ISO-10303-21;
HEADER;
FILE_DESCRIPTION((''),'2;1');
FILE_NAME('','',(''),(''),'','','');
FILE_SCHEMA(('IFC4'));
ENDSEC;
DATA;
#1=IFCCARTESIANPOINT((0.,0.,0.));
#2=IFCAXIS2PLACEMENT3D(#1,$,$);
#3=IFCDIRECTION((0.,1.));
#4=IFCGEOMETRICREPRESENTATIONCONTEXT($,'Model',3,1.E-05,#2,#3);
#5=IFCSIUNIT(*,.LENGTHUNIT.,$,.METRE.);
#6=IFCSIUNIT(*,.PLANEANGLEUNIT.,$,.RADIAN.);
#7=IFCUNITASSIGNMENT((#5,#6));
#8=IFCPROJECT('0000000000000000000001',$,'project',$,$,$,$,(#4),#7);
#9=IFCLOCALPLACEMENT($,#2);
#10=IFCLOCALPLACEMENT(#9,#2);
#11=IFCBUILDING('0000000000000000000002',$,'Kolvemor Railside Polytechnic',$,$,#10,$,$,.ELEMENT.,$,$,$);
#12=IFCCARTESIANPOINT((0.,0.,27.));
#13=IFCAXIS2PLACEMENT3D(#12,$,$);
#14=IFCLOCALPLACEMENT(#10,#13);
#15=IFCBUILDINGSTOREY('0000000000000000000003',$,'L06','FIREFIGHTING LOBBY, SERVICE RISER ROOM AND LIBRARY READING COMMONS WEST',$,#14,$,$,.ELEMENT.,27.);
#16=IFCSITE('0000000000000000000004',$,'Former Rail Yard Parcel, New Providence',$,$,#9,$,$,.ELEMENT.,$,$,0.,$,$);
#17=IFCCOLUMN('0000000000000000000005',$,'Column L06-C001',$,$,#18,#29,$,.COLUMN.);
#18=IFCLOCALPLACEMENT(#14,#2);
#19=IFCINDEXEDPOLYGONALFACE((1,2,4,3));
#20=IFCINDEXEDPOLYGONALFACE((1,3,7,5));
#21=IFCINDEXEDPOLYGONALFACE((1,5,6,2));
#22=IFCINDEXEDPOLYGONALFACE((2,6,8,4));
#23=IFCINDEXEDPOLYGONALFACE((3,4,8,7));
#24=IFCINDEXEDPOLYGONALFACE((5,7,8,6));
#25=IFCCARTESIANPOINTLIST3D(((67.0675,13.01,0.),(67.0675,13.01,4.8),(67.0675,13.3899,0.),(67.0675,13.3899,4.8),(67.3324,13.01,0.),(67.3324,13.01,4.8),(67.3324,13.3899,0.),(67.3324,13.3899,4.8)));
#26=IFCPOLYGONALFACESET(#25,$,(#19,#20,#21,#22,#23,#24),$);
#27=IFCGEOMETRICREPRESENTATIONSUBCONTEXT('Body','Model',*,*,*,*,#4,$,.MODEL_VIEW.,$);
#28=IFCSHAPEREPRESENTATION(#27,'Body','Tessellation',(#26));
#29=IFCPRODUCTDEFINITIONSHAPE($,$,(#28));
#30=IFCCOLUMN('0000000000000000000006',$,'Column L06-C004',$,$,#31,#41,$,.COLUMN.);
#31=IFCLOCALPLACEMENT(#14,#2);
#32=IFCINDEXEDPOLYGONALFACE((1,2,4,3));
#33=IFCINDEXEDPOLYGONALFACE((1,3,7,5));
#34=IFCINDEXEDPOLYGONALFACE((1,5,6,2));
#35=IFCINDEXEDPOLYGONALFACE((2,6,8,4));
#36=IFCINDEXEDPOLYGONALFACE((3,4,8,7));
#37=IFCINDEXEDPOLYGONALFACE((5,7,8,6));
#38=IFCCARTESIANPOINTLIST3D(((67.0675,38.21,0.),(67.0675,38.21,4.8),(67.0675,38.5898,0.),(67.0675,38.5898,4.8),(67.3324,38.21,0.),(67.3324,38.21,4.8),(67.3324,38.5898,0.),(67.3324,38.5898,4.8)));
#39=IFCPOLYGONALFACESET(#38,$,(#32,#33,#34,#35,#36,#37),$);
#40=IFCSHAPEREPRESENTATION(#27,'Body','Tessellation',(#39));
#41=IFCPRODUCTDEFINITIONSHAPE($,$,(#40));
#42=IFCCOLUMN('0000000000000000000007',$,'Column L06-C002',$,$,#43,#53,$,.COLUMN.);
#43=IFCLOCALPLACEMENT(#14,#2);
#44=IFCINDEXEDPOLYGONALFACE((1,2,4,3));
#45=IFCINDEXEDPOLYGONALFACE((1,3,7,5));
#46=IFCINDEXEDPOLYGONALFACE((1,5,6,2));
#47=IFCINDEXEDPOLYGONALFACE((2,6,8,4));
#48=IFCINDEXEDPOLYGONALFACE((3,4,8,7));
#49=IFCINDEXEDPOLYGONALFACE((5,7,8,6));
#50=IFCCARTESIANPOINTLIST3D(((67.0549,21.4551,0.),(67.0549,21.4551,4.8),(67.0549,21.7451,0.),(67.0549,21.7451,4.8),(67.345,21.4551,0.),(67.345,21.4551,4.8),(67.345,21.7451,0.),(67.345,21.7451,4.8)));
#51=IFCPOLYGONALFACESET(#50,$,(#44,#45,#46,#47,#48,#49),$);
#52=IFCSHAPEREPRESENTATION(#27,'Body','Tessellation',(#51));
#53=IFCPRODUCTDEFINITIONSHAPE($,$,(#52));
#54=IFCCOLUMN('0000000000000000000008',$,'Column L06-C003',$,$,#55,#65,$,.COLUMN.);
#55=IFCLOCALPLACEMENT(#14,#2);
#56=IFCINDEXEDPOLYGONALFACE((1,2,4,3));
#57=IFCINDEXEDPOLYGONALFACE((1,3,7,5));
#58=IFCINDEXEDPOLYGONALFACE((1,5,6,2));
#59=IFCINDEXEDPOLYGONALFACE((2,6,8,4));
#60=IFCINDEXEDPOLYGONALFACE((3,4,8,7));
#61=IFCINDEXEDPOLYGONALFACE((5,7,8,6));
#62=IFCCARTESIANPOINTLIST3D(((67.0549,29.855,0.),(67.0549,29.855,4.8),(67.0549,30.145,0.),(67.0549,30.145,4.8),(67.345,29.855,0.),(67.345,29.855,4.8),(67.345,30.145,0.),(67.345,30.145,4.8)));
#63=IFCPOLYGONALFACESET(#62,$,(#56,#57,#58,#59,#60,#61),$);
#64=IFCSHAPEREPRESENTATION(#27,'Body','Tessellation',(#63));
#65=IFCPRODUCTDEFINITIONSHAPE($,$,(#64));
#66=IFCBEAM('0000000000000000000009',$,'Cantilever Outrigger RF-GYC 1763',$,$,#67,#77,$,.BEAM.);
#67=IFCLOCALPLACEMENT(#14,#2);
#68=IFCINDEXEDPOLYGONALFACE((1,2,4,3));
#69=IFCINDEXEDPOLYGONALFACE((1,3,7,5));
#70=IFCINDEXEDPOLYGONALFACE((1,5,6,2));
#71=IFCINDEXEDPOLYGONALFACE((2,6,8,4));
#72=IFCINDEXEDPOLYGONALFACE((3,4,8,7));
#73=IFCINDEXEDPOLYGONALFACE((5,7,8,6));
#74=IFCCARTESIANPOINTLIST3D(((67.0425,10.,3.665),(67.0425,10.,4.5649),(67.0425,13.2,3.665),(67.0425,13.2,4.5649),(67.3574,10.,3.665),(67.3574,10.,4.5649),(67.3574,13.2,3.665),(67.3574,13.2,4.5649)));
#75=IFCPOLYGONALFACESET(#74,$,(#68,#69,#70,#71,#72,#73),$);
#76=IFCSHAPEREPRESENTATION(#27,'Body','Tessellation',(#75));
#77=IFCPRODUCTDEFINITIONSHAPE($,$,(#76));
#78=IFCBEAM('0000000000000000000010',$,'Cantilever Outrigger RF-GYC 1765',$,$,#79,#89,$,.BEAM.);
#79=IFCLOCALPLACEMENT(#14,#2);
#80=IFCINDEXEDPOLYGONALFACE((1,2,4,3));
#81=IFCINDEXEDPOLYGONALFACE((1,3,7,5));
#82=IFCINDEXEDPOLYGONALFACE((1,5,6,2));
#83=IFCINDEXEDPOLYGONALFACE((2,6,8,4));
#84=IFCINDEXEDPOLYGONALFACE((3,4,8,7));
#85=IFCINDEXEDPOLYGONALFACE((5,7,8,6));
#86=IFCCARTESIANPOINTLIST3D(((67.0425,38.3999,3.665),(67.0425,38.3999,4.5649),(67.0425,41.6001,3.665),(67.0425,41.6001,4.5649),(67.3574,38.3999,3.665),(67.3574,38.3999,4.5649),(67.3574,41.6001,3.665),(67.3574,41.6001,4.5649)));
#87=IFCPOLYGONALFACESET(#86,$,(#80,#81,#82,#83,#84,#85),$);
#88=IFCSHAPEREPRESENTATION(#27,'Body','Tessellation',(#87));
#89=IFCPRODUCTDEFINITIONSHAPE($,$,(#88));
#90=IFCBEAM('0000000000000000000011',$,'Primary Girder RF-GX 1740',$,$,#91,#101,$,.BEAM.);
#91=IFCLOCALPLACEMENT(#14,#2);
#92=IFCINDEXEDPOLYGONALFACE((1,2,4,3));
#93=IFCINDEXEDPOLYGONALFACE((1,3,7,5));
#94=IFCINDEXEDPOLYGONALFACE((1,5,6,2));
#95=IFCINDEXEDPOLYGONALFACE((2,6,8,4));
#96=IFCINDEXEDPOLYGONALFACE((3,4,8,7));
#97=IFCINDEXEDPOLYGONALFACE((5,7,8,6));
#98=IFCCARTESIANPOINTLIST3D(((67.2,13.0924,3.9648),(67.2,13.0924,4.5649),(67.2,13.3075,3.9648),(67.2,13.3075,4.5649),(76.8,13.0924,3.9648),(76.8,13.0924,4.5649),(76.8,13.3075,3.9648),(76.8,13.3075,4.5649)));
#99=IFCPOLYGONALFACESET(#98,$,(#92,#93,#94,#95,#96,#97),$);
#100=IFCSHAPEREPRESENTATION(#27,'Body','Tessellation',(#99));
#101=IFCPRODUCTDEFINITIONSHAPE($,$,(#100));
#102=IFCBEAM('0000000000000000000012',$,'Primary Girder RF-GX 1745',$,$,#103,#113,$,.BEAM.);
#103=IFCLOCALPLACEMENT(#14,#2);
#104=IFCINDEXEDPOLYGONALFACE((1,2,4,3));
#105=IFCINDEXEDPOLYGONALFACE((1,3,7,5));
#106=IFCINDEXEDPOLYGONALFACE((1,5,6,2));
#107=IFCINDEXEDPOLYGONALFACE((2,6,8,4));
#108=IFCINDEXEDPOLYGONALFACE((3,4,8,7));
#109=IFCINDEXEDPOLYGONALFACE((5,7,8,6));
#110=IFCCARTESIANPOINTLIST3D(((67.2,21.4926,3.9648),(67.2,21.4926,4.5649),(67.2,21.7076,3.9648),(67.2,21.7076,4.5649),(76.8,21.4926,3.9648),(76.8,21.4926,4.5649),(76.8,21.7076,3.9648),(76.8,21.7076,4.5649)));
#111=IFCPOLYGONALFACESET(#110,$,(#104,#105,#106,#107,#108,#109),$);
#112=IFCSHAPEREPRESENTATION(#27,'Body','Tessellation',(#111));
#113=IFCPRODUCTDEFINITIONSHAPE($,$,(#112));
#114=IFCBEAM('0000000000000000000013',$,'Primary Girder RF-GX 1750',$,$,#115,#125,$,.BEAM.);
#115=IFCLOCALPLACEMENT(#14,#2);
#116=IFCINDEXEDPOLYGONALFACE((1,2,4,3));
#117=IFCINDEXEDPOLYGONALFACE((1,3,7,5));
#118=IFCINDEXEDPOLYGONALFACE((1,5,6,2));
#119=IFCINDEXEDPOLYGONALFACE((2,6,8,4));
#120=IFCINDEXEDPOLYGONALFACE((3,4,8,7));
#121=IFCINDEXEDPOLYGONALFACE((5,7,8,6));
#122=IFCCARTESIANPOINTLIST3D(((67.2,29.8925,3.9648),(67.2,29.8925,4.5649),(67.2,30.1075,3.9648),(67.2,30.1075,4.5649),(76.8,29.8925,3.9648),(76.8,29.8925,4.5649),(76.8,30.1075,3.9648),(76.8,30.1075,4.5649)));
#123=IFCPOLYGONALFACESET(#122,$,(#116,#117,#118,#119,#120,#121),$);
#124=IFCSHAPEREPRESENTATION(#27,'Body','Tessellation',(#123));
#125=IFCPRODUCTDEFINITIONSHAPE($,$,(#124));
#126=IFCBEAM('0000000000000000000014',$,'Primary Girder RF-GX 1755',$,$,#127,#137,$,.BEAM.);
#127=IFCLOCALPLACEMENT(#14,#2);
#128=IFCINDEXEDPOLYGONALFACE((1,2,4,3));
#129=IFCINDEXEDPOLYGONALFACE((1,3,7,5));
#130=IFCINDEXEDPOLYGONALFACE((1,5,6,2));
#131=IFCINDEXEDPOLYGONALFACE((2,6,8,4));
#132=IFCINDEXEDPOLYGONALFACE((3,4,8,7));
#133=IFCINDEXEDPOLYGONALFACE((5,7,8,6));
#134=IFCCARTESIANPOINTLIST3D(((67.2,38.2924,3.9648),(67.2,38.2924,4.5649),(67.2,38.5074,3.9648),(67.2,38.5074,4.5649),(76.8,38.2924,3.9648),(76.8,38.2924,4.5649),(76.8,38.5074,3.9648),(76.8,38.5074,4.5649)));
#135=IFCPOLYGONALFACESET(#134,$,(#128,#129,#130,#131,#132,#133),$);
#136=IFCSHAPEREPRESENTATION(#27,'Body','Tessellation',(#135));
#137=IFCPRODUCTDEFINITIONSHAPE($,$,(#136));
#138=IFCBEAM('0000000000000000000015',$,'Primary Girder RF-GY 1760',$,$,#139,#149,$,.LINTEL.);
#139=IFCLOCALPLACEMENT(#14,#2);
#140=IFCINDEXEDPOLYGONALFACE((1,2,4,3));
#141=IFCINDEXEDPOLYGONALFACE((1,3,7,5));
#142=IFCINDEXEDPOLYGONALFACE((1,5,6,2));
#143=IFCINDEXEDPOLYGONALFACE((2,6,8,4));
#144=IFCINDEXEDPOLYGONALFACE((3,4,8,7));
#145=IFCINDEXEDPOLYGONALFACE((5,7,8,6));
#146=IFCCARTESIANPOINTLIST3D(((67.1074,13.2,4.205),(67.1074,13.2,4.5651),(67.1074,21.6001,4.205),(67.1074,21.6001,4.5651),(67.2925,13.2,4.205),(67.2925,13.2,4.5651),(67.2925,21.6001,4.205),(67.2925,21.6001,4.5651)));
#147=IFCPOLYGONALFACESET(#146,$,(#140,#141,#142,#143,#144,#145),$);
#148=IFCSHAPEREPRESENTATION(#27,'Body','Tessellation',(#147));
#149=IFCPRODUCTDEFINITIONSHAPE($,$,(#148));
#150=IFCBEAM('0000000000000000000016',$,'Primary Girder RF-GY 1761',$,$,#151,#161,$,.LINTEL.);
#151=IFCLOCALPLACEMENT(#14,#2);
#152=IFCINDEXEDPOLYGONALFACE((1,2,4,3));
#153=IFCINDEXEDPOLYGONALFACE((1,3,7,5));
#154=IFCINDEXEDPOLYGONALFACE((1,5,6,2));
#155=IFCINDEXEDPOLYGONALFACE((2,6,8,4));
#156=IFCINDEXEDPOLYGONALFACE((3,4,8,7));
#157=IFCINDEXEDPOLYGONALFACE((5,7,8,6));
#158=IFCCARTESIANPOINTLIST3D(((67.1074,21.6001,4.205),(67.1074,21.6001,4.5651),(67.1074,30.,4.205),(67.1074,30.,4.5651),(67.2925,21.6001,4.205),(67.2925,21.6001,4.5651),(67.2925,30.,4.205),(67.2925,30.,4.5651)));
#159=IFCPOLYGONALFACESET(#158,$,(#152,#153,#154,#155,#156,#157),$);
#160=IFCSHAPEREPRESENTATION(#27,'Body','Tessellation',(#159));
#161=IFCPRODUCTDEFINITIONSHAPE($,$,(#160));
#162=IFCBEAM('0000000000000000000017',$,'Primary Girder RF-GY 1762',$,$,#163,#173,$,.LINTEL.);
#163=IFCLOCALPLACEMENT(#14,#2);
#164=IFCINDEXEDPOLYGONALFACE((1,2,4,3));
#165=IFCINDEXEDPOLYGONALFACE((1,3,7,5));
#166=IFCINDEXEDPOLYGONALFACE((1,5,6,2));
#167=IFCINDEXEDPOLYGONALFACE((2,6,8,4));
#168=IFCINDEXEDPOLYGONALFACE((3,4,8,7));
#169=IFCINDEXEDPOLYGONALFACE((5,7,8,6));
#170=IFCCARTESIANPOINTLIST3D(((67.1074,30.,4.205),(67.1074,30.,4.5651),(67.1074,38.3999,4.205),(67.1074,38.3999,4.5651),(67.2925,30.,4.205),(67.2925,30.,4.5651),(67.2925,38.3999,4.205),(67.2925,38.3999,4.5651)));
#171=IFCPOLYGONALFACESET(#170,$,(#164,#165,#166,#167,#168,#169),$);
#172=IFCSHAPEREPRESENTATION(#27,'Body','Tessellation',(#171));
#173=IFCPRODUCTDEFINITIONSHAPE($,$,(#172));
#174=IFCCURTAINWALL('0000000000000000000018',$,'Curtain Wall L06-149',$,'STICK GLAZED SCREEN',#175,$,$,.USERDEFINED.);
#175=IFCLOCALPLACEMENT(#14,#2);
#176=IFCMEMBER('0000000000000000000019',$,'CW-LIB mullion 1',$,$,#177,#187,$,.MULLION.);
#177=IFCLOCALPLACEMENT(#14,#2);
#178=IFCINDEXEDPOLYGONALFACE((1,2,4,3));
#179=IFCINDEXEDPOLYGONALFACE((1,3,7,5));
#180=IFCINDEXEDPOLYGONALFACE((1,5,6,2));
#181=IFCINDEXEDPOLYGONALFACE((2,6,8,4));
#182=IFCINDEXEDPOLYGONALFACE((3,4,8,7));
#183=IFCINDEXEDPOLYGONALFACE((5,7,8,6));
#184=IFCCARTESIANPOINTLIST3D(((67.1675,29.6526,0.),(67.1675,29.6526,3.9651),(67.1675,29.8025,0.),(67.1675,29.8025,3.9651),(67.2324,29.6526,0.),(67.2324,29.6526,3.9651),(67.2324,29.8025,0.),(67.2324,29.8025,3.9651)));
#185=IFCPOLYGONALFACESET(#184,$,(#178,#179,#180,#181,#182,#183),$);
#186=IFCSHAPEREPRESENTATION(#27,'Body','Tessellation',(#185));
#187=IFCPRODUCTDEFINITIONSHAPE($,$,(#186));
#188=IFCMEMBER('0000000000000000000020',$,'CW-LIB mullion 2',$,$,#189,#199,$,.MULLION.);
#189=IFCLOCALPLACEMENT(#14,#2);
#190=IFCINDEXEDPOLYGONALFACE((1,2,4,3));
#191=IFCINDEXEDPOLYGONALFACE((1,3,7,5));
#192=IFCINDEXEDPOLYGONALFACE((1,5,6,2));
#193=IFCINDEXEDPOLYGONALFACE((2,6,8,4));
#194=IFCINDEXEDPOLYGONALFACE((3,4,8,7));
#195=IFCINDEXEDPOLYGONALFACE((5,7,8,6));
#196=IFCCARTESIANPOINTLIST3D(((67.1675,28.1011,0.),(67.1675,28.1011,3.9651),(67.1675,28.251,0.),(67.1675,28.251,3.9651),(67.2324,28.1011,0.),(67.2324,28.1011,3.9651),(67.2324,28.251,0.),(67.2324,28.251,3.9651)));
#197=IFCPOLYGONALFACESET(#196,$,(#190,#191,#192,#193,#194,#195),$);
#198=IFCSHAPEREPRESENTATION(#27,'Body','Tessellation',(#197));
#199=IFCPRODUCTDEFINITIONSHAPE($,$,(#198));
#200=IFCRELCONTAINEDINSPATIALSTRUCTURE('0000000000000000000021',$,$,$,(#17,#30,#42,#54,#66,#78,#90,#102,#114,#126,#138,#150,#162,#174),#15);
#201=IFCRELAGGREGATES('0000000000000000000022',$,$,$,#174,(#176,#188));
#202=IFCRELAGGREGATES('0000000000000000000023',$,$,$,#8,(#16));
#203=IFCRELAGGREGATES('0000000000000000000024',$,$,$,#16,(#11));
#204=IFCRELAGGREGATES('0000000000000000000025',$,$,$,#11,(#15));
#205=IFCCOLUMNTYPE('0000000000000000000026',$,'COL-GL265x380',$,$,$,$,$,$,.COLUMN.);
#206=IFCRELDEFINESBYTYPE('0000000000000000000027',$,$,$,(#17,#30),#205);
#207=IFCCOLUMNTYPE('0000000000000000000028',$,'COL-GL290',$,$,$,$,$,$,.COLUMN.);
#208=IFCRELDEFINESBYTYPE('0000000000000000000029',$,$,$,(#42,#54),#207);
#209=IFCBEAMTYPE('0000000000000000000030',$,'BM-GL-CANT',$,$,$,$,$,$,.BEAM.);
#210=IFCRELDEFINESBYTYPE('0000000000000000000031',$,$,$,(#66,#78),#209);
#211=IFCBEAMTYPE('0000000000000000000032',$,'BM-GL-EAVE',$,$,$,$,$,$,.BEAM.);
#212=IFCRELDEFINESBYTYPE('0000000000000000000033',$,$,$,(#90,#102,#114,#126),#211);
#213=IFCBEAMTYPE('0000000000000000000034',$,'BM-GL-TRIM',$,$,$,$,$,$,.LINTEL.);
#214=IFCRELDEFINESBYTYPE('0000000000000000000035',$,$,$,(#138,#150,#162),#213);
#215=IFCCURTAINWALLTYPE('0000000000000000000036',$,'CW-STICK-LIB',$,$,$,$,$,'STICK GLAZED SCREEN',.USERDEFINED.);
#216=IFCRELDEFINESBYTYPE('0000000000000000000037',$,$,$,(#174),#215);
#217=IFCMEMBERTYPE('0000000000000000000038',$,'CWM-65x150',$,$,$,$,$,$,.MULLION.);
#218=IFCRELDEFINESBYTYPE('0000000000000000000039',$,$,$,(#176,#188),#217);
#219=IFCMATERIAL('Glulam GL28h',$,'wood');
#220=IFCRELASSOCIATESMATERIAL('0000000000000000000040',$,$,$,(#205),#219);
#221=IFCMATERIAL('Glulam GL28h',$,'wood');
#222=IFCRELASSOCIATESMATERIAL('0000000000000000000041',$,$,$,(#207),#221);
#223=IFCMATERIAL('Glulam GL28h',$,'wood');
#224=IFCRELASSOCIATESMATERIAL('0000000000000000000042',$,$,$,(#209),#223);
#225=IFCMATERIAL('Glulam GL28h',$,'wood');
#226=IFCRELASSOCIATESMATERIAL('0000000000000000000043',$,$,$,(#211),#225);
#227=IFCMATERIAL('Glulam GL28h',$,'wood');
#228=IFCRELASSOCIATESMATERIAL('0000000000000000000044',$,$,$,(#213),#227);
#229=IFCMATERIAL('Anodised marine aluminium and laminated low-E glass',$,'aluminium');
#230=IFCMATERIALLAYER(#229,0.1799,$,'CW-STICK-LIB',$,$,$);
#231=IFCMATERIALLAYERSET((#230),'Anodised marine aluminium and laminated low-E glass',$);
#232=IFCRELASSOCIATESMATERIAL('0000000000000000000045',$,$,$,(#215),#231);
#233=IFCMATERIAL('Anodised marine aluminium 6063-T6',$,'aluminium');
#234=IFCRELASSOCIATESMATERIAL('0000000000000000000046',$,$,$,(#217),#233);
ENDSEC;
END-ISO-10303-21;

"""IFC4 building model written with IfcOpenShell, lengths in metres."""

from ifc_helpers import new_model, si_unit, direction, frame, origin, origin_2d, place, context, subcontext, project, spatial, rectangle, extrude, material, layer, layer_set, material_profile, profile_set, type_object, element, aggregate, save


model = new_model("IFC4")

# Units and contexts
model_context = context("Model", 3, precision=1e-05, world=origin(), true_north=direction((0.0, 1.0)))
body_context = subcontext(model_context, "Body", "Model", "MODEL_VIEW")
ifc_project = project(units=[si_unit("LENGTHUNIT", "METRE"), si_unit("PLANEANGLEUNIT", "RADIAN")], contexts=[model_context])

# Site, building, storey
site_placement = place(None, origin())
site = spatial("IfcSite", under=ifc_project, at=site_placement, Name="Former Rail Yard Parcel, New Providence", CompositionType="ELEMENT", RefElevation=0.0)
building_placement = place(site_placement, origin())
building = spatial("IfcBuilding", under=site, at=building_placement, Name="Kolvemor Railside Polytechnic", CompositionType="ELEMENT")
storey_placement = place(building_placement, frame((0.0, 0.0, 27.0)))
storey = spatial("IfcBuildingStorey", under=building, at=storey_placement, Name="L06", Description="FIREFIGHTING LOBBY, SERVICE RISER ROOM AND LIBRARY READING COMMONS WEST", CompositionType="ELEMENT", Elevation=27.0)

# Columns
ifc_material_1 = material(Name="Glulam GL28h", Category="wood")
ifc_material_profile_1 = material_profile(ifc_material_1, rectangle(XDim=0.2649, YDim=0.3799, at=origin_2d()), Name="GL265x380")
ifc_profile_set_1 = profile_set([ifc_material_profile_1], Name="Glulam GL28h")
column_type_1 = type_object("IfcColumnType", Name="COL-GL265x380", PredefinedType="COLUMN", material=ifc_profile_set_1)
for number, where, z_axis, x_axis, name in (
    (1, (67.2, 13.2, 0.0), (0.0, 0.0, 1.0), (1.0, 0.0, 0.0), "Column L06-C001"),
    (2, (67.2, 38.3999, 0.0), (0.0, 0.0, 1.0), (1.0, 0.0, 0.0), "Column L06-C004"),
):
    element("IfcColumn", number, at=place(storey_placement, frame(where, z_axis=z_axis, x_axis=x_axis)), inside=storey, type_object=column_type_1, Name=name, PredefinedType="COLUMN", context=body_context, shape_type="SweptSolid", body=[
        extrude(rectangle(XDim=0.2649, YDim=0.3799, at=origin_2d()), origin(), (0.0, 0.0, 1.0), 4.8),
    ])
ifc_material_2 = material(Name="Glulam GL28h", Category="wood")
ifc_material_profile_2 = material_profile(ifc_material_2, rectangle(XDim=0.29, YDim=0.29, at=origin_2d()), Name="GL290x290")
ifc_profile_set_2 = profile_set([ifc_material_profile_2], Name="Glulam GL28h")
column_type_2 = type_object("IfcColumnType", Name="COL-GL290", PredefinedType="COLUMN", material=ifc_profile_set_2)
for number, where, z_axis, x_axis, name in (
    (3, (67.2, 21.6001, 0.0), (0.0, 0.0, 1.0), (1.0, 0.0, 0.0), "Column L06-C002"),
    (4, (67.2, 30.0, 0.0), (0.0, 0.0, 1.0), (1.0, 0.0, 0.0), "Column L06-C003"),
):
    element("IfcColumn", number, at=place(storey_placement, frame(where, z_axis=z_axis, x_axis=x_axis)), inside=storey, type_object=column_type_2, Name=name, PredefinedType="COLUMN", context=body_context, shape_type="SweptSolid", body=[
        extrude(rectangle(XDim=0.29, YDim=0.29, at=origin_2d()), origin(), (0.0, 0.0, 1.0), 4.8),
    ])

# Beams
ifc_material_3 = material(Name="Glulam GL28h", Category="wood")
ifc_material_profile_3 = material_profile(ifc_material_3, rectangle(XDim=0.3149, YDim=0.8999, at=origin_2d()), Name="GL315x900")
ifc_profile_set_3 = profile_set([ifc_material_profile_3], Name="Glulam GL28h")
beam_type_1 = type_object("IfcBeamType", Name="BM-GL-CANT", PredefinedType="BEAM", material=ifc_profile_set_3)
beam_1_placement = place(storey_placement, frame((67.2, 10.0, 4.115), z_axis=(0.0, 1.0, 0.0), x_axis=(-1.0, 0.0, 0.0)))
element("IfcBeam", 5, at=beam_1_placement, inside=storey, type_object=beam_type_1, Name="Cantilever Outrigger RF-GYC 1763", PredefinedType="BEAM", context=body_context, shape_type="SweptSolid", body=[
    extrude(rectangle(XDim=0.3149, YDim=0.8999, at=origin_2d()), origin(), (0.0, 0.0, 1.0), 3.2),
])
beam_2_placement = place(storey_placement, frame((67.2, 38.3999, 4.115), z_axis=(0.0, 1.0, 0.0), x_axis=(-1.0, 0.0, 0.0)))
element("IfcBeam", 6, at=beam_2_placement, inside=storey, type_object=beam_type_1, Name="Cantilever Outrigger RF-GYC 1765", PredefinedType="BEAM", context=body_context, shape_type="SweptSolid", body=[
    extrude(rectangle(XDim=0.3149, YDim=0.8999, at=origin_2d()), origin(), (0.0, 0.0, 1.0), 3.2002),
])
ifc_material_4 = material(Name="Glulam GL28h", Category="wood")
ifc_material_profile_4 = material_profile(ifc_material_4, rectangle(XDim=0.2151, YDim=0.6001, at=origin_2d()), Name="GL215x600")
ifc_profile_set_4 = profile_set([ifc_material_profile_4], Name="Glulam GL28h")
beam_type_2 = type_object("IfcBeamType", Name="BM-GL-EAVE", PredefinedType="BEAM", material=ifc_profile_set_4)
for number, where, z_axis, x_axis, name in (
    (7, (67.2, 13.2, 4.2649), (1.0, 0.0, 0.0), (0.0, 1.0, 0.0), "Primary Girder RF-GX 1740"),
    (8, (67.2, 21.6001, 4.2649), (1.0, 0.0, 0.0), (0.0, 1.0, 0.0), "Primary Girder RF-GX 1745"),
    (9, (67.2, 30.0, 4.2649), (1.0, 0.0, 0.0), (0.0, 1.0, 0.0), "Primary Girder RF-GX 1750"),
    (10, (67.2, 38.3999, 4.2649), (1.0, 0.0, 0.0), (0.0, 1.0, 0.0), "Primary Girder RF-GX 1755"),
):
    element("IfcBeam", number, at=place(storey_placement, frame(where, z_axis=z_axis, x_axis=x_axis)), inside=storey, type_object=beam_type_2, Name=name, PredefinedType="BEAM", context=body_context, shape_type="SweptSolid", body=[
        extrude(rectangle(XDim=0.2151, YDim=0.6001, at=origin_2d()), origin(), (0.0, 0.0, 1.0), 9.6001),
    ])
ifc_material_5 = material(Name="Glulam GL28h", Category="wood")
ifc_material_profile_5 = material_profile(ifc_material_5, rectangle(XDim=0.1851, YDim=0.3601, at=origin_2d()), Name="GL185x360")
ifc_profile_set_5 = profile_set([ifc_material_profile_5], Name="Glulam GL28h")
beam_type_3 = type_object("IfcBeamType", Name="BM-GL-TRIM", PredefinedType="LINTEL", material=ifc_profile_set_5)
beam_3_placement = place(storey_placement, frame((67.2, 13.2, 4.385), z_axis=(0.0, 1.0, 0.0), x_axis=(-1.0, 0.0, 0.0)))
element("IfcBeam", 11, at=beam_3_placement, inside=storey, type_object=beam_type_3, Name="Primary Girder RF-GY 1760", PredefinedType="LINTEL", context=body_context, shape_type="SweptSolid", body=[
    extrude(rectangle(XDim=0.1851, YDim=0.3601, at=origin_2d()), origin(), (0.0, 0.0, 1.0), 8.4001),
])
for number, where, z_axis, x_axis, name in (
    (12, (67.2, 21.6001, 4.385), (0.0, 1.0, 0.0), (-1.0, 0.0, 0.0), "Primary Girder RF-GY 1761"),
    (13, (67.2, 30.0, 4.385), (0.0, 1.0, 0.0), (-1.0, 0.0, 0.0), "Primary Girder RF-GY 1762"),
):
    element("IfcBeam", number, at=place(storey_placement, frame(where, z_axis=z_axis, x_axis=x_axis)), inside=storey, type_object=beam_type_3, Name=name, PredefinedType="LINTEL", context=body_context, shape_type="SweptSolid", body=[
        extrude(rectangle(XDim=0.1851, YDim=0.3601, at=origin_2d()), origin(), (0.0, 0.0, 1.0), 8.3999),
    ])

# Curtain wall, members
ifc_material_6 = material(Name="Anodised marine aluminium and laminated low-E glass", Category="aluminium")
ifc_layer_1 = layer(ifc_material_6, 0.1799, Name="CW-STICK-LIB")
ifc_layer_set_1 = layer_set([ifc_layer_1], Name="Anodised marine aluminium and laminated low-E glass")
curtain_wall_type = type_object("IfcCurtainWallType", Name="CW-STICK-LIB", ElementType="STICK GLAZED SCREEN", PredefinedType="USERDEFINED", material=ifc_layer_set_1)
curtain_wall_placement = place(storey_placement, origin())
curtain_wall = element("IfcCurtainWall", 14, at=curtain_wall_placement, inside=storey, type_object=curtain_wall_type, Name="Curtain Wall L06-149", ObjectType="STICK GLAZED SCREEN", PredefinedType="USERDEFINED")
ifc_material_7 = material(Name="Anodised marine aluminium 6063-T6", Category="aluminium")
ifc_material_profile_6 = material_profile(ifc_material_7, rectangle(XDim=0.0649, YDim=0.1499, at=origin_2d()), Name="CW-MUL-65x150")
ifc_profile_set_6 = profile_set([ifc_material_profile_6], Name="Anodised marine aluminium 6063-T6")
member_type_1 = type_object("IfcMemberType", Name="CWM-65x150", PredefinedType="MULLION", material=ifc_profile_set_6)
member_1_placement = place(storey_placement, frame((67.2, 29.7275, 0.0), z_axis=(0.0, 0.0, 1.0), x_axis=(1.0, 0.0, 0.0)))
member_1 = element("IfcMember", 15, at=member_1_placement, type_object=member_type_1, Name="CW-LIB mullion 1", PredefinedType="MULLION", context=body_context, shape_type="SweptSolid", body=[
    extrude(rectangle(XDim=0.0649, YDim=0.1499, at=origin_2d()), origin(), (0.0, 0.0, 1.0), 3.9651),
])
member_2_placement = place(storey_placement, frame((67.2, 28.176, 0.0), z_axis=(0.0, 0.0, 1.0), x_axis=(1.0, 0.0, 0.0)))
member_2 = element("IfcMember", 16, at=member_2_placement, type_object=member_type_1, Name="CW-LIB mullion 2", PredefinedType="MULLION", context=body_context, shape_type="SweptSolid", body=[
    extrude(rectangle(XDim=0.0649, YDim=0.1499, at=origin_2d()), origin(), (0.0, 0.0, 1.0), 3.9651),
])
aggregate(curtain_wall, [member_1, member_2])

save(model, "model.ifc")
